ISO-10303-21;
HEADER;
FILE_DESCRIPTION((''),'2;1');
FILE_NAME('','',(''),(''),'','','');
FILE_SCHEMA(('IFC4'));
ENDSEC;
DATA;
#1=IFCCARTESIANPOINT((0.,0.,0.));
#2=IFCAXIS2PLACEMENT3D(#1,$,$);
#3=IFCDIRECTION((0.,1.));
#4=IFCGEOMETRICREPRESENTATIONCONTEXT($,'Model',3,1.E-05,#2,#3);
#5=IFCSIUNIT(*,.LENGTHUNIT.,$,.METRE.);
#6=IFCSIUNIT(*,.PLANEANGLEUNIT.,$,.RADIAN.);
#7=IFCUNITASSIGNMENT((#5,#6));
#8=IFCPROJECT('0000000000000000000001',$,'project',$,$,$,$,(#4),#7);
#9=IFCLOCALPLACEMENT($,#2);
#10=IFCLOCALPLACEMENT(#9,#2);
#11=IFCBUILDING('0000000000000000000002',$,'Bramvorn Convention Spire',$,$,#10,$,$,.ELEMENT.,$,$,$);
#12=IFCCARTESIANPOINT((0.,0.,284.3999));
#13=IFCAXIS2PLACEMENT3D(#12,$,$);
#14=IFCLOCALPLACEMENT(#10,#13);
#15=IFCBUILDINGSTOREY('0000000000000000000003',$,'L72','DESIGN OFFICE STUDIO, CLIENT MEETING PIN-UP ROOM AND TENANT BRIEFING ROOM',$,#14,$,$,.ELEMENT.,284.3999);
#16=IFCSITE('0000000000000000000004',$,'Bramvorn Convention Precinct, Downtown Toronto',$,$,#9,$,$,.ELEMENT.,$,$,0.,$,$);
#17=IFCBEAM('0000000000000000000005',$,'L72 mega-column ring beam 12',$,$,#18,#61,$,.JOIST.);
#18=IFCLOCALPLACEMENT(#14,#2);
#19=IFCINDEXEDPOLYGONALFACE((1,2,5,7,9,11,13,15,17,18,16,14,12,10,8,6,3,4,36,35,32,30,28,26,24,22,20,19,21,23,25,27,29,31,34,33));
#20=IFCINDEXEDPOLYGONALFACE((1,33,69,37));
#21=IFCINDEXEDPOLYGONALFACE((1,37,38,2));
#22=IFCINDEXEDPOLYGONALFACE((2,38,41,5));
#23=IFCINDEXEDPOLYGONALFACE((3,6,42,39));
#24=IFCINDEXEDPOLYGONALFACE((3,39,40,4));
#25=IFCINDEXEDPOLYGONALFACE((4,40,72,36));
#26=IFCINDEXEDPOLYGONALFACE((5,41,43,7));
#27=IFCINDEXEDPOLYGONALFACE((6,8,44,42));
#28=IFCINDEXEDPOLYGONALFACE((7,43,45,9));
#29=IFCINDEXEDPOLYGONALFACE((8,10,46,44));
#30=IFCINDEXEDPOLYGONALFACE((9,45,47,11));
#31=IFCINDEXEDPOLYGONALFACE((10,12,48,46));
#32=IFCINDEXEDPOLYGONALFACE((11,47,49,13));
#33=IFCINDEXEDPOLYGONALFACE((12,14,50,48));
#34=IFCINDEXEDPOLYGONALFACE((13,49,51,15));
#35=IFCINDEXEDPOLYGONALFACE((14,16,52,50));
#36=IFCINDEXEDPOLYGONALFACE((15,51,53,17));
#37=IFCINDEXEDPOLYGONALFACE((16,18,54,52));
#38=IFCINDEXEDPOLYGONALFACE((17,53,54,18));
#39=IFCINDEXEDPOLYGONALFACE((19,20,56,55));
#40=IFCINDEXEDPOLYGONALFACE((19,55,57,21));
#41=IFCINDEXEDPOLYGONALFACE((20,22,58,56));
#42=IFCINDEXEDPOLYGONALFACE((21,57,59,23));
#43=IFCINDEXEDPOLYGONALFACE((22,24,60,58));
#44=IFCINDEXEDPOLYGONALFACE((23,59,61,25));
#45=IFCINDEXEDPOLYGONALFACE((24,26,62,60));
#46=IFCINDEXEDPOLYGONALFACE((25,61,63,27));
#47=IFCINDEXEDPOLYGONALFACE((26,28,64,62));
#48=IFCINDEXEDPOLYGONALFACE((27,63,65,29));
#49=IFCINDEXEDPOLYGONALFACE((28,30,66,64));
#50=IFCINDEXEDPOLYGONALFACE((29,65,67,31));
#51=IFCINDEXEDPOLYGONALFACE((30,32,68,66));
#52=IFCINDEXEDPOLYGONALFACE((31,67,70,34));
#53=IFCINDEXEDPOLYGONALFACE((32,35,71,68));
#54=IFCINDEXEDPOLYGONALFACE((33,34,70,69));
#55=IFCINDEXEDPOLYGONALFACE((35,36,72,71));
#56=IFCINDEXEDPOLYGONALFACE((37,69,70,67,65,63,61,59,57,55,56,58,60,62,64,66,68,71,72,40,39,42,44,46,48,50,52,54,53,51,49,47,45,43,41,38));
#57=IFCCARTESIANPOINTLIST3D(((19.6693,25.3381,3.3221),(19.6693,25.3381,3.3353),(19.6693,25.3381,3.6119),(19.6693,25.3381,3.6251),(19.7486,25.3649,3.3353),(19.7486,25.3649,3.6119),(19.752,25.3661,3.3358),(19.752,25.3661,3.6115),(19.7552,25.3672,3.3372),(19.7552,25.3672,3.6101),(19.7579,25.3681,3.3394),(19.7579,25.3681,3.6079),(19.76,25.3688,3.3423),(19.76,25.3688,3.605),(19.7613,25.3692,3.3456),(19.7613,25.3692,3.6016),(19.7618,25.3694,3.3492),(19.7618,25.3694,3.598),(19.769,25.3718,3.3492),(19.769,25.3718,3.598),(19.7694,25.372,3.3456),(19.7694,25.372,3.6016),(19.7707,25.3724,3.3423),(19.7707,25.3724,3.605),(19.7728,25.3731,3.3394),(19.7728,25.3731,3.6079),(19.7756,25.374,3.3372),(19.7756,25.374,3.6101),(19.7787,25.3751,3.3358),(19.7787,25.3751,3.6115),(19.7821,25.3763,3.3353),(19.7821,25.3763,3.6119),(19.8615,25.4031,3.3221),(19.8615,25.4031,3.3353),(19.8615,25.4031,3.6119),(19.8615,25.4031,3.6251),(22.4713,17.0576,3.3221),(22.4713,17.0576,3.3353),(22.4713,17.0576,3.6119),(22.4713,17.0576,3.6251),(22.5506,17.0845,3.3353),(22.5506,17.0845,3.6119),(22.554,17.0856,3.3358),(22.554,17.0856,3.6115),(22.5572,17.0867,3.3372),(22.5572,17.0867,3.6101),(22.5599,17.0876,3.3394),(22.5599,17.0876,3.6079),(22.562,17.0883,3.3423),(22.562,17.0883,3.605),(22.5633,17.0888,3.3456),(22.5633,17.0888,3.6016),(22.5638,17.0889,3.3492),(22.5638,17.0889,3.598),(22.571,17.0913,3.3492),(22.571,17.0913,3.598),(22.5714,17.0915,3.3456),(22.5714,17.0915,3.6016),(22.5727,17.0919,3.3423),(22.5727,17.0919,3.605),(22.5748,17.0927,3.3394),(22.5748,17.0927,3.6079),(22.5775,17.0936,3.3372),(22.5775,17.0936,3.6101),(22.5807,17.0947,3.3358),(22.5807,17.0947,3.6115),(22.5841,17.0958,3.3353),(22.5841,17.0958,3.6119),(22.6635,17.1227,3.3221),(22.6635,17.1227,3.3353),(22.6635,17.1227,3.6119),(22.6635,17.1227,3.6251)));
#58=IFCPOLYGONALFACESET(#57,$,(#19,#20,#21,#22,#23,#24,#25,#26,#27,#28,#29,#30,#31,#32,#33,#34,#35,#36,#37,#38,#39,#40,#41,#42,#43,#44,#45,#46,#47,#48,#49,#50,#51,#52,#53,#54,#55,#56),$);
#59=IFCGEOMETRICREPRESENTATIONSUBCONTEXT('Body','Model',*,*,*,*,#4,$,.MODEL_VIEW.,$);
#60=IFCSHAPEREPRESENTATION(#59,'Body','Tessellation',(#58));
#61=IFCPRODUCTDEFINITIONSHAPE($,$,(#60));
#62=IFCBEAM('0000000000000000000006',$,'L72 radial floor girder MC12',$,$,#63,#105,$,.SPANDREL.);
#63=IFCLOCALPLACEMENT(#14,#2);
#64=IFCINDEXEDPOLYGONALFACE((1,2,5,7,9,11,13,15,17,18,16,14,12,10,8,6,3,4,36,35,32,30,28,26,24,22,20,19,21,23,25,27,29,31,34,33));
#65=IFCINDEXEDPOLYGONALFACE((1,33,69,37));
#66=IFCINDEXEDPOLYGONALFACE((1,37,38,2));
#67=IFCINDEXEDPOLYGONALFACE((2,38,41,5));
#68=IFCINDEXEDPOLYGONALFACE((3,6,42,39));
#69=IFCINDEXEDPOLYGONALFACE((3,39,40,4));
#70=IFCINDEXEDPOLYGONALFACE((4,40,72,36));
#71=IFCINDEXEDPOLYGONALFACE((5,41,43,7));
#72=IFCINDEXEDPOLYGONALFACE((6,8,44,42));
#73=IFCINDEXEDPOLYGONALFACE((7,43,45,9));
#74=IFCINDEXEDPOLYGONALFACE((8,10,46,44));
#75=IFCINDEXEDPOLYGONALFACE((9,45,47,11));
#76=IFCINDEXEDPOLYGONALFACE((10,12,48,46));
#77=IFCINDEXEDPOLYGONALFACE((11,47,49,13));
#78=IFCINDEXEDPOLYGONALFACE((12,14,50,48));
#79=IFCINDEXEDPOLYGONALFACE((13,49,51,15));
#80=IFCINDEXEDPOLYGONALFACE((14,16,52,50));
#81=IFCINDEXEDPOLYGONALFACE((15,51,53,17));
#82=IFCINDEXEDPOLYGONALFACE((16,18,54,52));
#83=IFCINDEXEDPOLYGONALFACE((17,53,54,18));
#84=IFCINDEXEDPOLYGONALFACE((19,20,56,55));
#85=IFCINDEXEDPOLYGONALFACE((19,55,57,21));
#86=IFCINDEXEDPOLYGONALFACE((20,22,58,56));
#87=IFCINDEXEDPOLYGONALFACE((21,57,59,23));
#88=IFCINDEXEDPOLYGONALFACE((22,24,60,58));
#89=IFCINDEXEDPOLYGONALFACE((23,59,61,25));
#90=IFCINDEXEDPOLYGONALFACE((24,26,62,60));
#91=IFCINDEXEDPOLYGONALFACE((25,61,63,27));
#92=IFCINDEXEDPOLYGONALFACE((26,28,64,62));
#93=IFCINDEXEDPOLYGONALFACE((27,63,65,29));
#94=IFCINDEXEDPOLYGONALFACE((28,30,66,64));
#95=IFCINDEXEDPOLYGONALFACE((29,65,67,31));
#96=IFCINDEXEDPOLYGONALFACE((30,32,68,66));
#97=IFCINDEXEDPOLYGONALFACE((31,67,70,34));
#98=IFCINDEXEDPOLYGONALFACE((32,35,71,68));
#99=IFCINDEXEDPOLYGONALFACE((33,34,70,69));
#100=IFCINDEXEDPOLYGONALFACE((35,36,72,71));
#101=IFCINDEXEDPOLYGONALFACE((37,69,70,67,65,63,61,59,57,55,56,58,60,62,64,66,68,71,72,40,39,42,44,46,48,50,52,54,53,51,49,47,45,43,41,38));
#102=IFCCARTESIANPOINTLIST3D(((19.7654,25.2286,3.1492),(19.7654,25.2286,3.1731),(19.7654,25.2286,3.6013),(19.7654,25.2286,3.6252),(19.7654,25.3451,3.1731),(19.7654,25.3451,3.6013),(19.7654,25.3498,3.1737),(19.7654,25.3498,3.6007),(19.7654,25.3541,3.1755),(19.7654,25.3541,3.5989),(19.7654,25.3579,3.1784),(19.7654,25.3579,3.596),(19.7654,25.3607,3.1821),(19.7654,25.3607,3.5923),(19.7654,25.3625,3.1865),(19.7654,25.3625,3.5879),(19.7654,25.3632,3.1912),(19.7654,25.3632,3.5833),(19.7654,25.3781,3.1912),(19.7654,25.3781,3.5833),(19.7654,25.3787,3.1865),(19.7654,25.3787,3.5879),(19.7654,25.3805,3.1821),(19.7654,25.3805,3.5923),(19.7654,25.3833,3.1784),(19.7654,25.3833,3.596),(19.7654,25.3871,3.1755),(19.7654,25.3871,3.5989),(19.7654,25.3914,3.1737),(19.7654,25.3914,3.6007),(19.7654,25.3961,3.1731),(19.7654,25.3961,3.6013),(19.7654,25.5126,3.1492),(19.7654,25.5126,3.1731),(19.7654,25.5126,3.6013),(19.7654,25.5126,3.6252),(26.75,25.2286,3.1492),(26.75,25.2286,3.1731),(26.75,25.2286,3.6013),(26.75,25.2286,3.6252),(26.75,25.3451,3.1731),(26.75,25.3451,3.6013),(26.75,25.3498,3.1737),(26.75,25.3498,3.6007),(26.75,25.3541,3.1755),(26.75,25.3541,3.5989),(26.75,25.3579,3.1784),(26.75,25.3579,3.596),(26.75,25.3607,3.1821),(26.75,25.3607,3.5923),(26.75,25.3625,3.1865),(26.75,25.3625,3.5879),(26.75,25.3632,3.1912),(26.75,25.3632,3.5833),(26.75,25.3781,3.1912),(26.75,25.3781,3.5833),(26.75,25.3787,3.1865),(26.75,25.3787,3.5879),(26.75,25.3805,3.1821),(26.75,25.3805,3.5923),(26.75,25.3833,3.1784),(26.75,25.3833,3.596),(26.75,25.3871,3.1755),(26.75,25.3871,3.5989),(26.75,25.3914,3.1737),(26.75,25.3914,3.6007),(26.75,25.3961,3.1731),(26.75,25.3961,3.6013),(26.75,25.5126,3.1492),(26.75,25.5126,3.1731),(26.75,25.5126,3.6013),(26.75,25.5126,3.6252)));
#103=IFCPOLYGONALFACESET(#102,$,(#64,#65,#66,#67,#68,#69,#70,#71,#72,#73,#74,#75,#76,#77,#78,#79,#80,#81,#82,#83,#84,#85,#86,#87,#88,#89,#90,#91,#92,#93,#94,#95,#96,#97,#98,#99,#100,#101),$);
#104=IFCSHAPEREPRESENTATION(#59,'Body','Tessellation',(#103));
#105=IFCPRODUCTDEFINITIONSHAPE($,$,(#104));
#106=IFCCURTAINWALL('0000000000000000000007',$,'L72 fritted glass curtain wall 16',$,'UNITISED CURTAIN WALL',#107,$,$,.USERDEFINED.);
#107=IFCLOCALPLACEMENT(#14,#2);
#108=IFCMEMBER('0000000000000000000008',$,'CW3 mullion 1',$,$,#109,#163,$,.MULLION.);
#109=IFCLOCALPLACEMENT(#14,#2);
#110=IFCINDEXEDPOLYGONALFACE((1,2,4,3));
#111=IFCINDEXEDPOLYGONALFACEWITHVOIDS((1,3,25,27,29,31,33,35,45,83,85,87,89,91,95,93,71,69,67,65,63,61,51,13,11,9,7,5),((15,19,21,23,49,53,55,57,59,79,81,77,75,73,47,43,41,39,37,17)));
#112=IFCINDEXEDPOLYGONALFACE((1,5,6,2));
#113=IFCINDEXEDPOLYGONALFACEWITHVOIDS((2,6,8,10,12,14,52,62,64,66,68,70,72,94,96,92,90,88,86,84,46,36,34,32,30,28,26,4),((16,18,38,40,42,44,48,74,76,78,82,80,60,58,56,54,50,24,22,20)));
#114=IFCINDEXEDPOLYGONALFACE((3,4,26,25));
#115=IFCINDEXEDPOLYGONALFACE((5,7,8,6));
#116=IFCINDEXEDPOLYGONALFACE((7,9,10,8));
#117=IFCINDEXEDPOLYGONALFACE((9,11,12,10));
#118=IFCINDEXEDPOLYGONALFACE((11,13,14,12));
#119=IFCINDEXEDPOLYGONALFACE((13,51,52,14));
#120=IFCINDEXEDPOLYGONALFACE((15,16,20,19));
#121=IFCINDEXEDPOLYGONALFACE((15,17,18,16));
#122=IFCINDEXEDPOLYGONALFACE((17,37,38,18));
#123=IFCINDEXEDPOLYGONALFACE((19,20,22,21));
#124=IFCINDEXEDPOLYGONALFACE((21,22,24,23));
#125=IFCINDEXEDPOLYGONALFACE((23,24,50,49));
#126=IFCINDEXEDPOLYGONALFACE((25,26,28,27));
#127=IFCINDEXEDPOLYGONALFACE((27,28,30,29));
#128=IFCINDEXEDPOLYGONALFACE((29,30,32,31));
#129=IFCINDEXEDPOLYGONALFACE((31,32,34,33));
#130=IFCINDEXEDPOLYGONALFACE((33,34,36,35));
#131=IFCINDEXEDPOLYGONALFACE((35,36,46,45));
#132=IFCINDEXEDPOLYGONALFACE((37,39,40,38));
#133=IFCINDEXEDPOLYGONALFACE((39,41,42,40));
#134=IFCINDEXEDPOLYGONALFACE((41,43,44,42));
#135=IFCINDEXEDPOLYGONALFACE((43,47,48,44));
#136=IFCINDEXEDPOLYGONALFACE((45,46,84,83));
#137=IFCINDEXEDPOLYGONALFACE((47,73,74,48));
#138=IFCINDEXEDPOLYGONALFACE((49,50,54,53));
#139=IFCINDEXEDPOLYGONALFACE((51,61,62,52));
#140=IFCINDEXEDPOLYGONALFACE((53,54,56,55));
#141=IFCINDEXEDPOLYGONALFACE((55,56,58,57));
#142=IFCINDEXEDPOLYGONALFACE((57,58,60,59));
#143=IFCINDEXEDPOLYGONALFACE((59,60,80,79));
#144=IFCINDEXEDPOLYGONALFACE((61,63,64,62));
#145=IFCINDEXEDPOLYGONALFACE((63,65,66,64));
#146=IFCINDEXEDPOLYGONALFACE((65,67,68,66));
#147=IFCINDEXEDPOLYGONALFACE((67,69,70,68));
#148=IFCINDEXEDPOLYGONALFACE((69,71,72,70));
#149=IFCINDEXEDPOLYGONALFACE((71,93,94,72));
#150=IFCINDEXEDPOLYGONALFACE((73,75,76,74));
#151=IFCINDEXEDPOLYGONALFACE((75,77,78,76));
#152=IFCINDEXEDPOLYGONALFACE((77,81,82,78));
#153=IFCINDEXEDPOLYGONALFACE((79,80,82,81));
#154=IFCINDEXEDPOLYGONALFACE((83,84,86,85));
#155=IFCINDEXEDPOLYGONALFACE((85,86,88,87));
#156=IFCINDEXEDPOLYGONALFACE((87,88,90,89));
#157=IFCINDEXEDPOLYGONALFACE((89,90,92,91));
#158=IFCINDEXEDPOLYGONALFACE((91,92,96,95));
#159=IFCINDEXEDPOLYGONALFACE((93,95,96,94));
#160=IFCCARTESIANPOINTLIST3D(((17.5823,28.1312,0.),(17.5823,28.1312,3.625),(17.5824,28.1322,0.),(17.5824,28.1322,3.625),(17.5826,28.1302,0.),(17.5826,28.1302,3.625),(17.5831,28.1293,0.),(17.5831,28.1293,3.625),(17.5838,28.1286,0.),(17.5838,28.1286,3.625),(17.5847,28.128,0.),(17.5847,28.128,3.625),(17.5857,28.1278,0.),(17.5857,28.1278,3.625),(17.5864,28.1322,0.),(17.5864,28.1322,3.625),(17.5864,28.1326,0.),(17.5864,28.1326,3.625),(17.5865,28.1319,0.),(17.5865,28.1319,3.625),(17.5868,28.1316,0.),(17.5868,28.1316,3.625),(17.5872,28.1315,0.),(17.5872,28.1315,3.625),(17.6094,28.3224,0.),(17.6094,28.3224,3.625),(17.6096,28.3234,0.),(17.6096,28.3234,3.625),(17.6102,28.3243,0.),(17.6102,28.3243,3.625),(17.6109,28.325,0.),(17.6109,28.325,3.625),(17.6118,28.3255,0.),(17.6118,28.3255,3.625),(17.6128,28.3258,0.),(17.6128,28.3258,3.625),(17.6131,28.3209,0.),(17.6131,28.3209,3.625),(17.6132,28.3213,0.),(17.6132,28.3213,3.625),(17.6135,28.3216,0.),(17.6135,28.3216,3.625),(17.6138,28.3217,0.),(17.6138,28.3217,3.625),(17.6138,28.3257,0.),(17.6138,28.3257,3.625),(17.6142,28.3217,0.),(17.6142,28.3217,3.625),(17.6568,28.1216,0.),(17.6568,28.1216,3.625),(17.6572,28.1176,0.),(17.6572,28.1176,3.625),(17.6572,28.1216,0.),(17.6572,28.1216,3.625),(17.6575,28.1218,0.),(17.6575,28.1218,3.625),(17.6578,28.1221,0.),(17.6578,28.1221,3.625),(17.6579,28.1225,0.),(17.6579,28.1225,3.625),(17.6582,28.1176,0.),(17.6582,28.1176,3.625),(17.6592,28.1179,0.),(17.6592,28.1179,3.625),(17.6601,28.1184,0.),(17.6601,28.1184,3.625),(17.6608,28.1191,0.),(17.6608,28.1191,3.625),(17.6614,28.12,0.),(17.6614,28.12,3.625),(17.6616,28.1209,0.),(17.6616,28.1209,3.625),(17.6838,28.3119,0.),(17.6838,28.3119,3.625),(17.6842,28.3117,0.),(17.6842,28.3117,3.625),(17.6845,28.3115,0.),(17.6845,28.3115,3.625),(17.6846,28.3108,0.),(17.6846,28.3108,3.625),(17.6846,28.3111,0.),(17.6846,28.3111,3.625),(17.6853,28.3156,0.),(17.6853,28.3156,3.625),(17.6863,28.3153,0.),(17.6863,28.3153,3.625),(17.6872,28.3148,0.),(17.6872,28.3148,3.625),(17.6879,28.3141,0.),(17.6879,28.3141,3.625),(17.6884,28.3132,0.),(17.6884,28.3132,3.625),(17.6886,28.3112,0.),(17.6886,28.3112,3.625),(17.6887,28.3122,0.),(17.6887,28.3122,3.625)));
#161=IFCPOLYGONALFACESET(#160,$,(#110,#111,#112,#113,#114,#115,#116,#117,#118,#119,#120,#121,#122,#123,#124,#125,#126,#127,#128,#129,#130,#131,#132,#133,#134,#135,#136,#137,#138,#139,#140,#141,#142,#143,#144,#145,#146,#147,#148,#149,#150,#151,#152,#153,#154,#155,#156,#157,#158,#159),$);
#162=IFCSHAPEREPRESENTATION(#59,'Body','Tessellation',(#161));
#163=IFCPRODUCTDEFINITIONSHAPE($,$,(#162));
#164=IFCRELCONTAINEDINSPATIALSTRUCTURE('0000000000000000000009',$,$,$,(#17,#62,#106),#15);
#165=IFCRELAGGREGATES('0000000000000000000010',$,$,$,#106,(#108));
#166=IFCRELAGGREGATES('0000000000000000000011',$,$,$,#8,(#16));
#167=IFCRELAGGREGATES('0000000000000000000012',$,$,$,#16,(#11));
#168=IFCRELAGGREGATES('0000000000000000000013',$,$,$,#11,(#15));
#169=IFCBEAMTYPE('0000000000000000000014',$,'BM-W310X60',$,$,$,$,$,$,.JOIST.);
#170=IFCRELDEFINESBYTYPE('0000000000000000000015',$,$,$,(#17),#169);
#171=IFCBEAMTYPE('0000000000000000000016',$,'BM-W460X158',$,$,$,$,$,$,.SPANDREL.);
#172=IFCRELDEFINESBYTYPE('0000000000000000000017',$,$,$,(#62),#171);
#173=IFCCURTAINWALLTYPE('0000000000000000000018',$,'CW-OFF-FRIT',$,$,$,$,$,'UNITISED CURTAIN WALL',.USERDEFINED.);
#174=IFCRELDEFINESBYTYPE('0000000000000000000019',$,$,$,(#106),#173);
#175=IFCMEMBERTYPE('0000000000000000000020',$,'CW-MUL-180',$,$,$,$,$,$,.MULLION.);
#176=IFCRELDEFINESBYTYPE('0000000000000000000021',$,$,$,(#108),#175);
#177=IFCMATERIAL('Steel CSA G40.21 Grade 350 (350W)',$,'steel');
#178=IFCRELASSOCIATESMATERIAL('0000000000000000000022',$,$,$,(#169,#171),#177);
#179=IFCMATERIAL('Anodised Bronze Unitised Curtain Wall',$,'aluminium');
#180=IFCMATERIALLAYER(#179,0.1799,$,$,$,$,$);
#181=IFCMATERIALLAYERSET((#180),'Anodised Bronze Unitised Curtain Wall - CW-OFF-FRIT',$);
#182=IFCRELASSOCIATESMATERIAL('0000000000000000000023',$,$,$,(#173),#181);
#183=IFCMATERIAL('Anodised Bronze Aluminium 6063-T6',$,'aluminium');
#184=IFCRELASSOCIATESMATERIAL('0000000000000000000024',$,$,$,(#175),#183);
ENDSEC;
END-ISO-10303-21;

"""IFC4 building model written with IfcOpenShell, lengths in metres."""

from ifc_helpers import new_model, si_unit, direction, frame, origin, origin_2d, place, context, subcontext, project, spatial, hollow_rectangle, i_section, extrude, material, layer, layer_set, material_profile, profile_set, type_object, element, aggregate, save


model = new_model("IFC4")

# Units and contexts
model_context = context("Model", 3, precision=1e-05, world=origin(), true_north=direction((0.0, 1.0)))
body_context = subcontext(model_context, "Body", "Model", "MODEL_VIEW")
ifc_project = project(units=[si_unit("LENGTHUNIT", "METRE"), si_unit("PLANEANGLEUNIT", "RADIAN")], contexts=[model_context])

# Site, building, storey
site_placement = place(None, origin())
site = spatial("IfcSite", under=ifc_project, at=site_placement, Name="Bramvorn Convention Precinct, Downtown Toronto", CompositionType="ELEMENT", RefElevation=0.0)
building_placement = place(site_placement, origin())
building = spatial("IfcBuilding", under=site, at=building_placement, Name="Bramvorn Convention Spire", CompositionType="ELEMENT")
storey_placement = place(building_placement, frame((0.0, 0.0, 284.3999)))
storey = spatial("IfcBuildingStorey", under=building, at=storey_placement, Name="L72", Description="DESIGN OFFICE STUDIO, CLIENT MEETING PIN-UP ROOM AND TENANT BRIEFING ROOM", CompositionType="ELEMENT", Elevation=284.3999)

# Shared definitions
ifc_material_1 = material(Name="Steel CSA G40.21 Grade 350 (350W)", Category="steel")

# Beams
ifc_material_profile_1 = material_profile(ifc_material_1, i_section(OverallWidth=0.2029, OverallDepth=0.303, WebThickness=0.0076, FlangeThickness=0.0132, FilletRadius=0.0139, at=origin_2d()))
ifc_profile_set_1 = profile_set([ifc_material_profile_1], Name="Steel CSA G40.21 Grade 350 (350W) - W310X60")
beam_type_1 = type_object("IfcBeamType", Name="BM-W310X60", PredefinedType="JOIST", material=ifc_profile_set_1)
beam_1_placement = place(storey_placement, frame((19.7654, 25.3706, 3.4736), z_axis=(0.320531, -0.947238, 0.0), x_axis=(0.947238, 0.320531, 0.0)))
element("IfcBeam", 1, at=beam_1_placement, inside=storey, type_object=beam_type_1, Name="L72 mega-column ring beam 12", PredefinedType="JOIST", context=body_context, shape_type="SweptSolid", body=[
    extrude(i_section(OverallWidth=0.2029, OverallDepth=0.303, WebThickness=0.0076, FlangeThickness=0.0132, FilletRadius=0.0139, at=origin_2d()), origin(), (0.0, 0.0, 1.0), 8.7417),
])
ifc_material_profile_2 = material_profile(ifc_material_1, i_section(OverallWidth=0.2839, OverallDepth=0.4761, WebThickness=0.0149, FlangeThickness=0.0239, FilletRadius=0.0181, at=origin_2d()))
ifc_profile_set_2 = profile_set([ifc_material_profile_2], Name="Steel CSA G40.21 Grade 350 (350W) - W460X158")
beam_type_2 = type_object("IfcBeamType", Name="BM-W460X158", PredefinedType="SPANDREL", material=ifc_profile_set_2)
beam_2_placement = place(storey_placement, frame((26.75, 25.3706, 3.3872), z_axis=(-1.0, 0.0, 0.0), x_axis=(0.0, -1.0, 0.0)))
element("IfcBeam", 2, at=beam_2_placement, inside=storey, type_object=beam_type_2, Name="L72 radial floor girder MC12", PredefinedType="SPANDREL", context=body_context, shape_type="SweptSolid", body=[
    extrude(i_section(OverallWidth=0.2839, OverallDepth=0.4761, WebThickness=0.0149, FlangeThickness=0.0239, FilletRadius=0.0181, at=origin_2d()), origin(), (0.0, 0.0, 1.0), 6.9846),
])

# Curtain wall, member
ifc_material_2 = material(Name="Anodised Bronze Unitised Curtain Wall", Category="aluminium")
ifc_layer_1 = layer(ifc_material_2, 0.1799)
ifc_layer_set_1 = layer_set([ifc_layer_1], Name="Anodised Bronze Unitised Curtain Wall - CW-OFF-FRIT")
curtain_wall_type = type_object("IfcCurtainWallType", Name="CW-OFF-FRIT", ElementType="UNITISED CURTAIN WALL", PredefinedType="USERDEFINED", material=ifc_layer_set_1)
curtain_wall_1_placement = place(storey_placement, origin())
curtain_wall_1 = element("IfcCurtainWall", 3, at=curtain_wall_1_placement, inside=storey, type_object=curtain_wall_type, Name="L72 fritted glass curtain wall 16", ObjectType="UNITISED CURTAIN WALL", PredefinedType="USERDEFINED")
ifc_material_3 = material(Name="Anodised Bronze Aluminium 6063-T6", Category="aluminium")
ifc_material_profile_3 = material_profile(ifc_material_3, hollow_rectangle(XDim=0.0801, YDim=0.2, WallThickness=0.0039, InnerFilletRadius=0.001, OuterFilletRadius=0.0039, at=origin_2d()))
ifc_profile_set_3 = profile_set([ifc_material_profile_3], Name="Anodised Bronze Aluminium 6063-T6 - CWM80X200")
member_type_1 = type_object("IfcMemberType", Name="CW-MUL-180", PredefinedType="MULLION", material=ifc_profile_set_3)
member_1_placement = place(storey_placement, frame((17.6355, 28.2217, 0.0), z_axis=(0.0, 0.0, 1.0), x_axis=(-0.990074, 0.140545, 0.0)))
member_1 = element("IfcMember", 4, at=member_1_placement, type_object=member_type_1, Name="CW3 mullion 1", PredefinedType="MULLION", context=body_context, shape_type="SweptSolid", body=[
    extrude(hollow_rectangle(XDim=0.0801, YDim=0.2, WallThickness=0.0039, InnerFilletRadius=0.001, OuterFilletRadius=0.0039, at=origin_2d()), origin(), (0.0, 0.0, 1.0), 3.625),
])

aggregate(curtain_wall_1, [member_1])

save(model, "model.ifc")
